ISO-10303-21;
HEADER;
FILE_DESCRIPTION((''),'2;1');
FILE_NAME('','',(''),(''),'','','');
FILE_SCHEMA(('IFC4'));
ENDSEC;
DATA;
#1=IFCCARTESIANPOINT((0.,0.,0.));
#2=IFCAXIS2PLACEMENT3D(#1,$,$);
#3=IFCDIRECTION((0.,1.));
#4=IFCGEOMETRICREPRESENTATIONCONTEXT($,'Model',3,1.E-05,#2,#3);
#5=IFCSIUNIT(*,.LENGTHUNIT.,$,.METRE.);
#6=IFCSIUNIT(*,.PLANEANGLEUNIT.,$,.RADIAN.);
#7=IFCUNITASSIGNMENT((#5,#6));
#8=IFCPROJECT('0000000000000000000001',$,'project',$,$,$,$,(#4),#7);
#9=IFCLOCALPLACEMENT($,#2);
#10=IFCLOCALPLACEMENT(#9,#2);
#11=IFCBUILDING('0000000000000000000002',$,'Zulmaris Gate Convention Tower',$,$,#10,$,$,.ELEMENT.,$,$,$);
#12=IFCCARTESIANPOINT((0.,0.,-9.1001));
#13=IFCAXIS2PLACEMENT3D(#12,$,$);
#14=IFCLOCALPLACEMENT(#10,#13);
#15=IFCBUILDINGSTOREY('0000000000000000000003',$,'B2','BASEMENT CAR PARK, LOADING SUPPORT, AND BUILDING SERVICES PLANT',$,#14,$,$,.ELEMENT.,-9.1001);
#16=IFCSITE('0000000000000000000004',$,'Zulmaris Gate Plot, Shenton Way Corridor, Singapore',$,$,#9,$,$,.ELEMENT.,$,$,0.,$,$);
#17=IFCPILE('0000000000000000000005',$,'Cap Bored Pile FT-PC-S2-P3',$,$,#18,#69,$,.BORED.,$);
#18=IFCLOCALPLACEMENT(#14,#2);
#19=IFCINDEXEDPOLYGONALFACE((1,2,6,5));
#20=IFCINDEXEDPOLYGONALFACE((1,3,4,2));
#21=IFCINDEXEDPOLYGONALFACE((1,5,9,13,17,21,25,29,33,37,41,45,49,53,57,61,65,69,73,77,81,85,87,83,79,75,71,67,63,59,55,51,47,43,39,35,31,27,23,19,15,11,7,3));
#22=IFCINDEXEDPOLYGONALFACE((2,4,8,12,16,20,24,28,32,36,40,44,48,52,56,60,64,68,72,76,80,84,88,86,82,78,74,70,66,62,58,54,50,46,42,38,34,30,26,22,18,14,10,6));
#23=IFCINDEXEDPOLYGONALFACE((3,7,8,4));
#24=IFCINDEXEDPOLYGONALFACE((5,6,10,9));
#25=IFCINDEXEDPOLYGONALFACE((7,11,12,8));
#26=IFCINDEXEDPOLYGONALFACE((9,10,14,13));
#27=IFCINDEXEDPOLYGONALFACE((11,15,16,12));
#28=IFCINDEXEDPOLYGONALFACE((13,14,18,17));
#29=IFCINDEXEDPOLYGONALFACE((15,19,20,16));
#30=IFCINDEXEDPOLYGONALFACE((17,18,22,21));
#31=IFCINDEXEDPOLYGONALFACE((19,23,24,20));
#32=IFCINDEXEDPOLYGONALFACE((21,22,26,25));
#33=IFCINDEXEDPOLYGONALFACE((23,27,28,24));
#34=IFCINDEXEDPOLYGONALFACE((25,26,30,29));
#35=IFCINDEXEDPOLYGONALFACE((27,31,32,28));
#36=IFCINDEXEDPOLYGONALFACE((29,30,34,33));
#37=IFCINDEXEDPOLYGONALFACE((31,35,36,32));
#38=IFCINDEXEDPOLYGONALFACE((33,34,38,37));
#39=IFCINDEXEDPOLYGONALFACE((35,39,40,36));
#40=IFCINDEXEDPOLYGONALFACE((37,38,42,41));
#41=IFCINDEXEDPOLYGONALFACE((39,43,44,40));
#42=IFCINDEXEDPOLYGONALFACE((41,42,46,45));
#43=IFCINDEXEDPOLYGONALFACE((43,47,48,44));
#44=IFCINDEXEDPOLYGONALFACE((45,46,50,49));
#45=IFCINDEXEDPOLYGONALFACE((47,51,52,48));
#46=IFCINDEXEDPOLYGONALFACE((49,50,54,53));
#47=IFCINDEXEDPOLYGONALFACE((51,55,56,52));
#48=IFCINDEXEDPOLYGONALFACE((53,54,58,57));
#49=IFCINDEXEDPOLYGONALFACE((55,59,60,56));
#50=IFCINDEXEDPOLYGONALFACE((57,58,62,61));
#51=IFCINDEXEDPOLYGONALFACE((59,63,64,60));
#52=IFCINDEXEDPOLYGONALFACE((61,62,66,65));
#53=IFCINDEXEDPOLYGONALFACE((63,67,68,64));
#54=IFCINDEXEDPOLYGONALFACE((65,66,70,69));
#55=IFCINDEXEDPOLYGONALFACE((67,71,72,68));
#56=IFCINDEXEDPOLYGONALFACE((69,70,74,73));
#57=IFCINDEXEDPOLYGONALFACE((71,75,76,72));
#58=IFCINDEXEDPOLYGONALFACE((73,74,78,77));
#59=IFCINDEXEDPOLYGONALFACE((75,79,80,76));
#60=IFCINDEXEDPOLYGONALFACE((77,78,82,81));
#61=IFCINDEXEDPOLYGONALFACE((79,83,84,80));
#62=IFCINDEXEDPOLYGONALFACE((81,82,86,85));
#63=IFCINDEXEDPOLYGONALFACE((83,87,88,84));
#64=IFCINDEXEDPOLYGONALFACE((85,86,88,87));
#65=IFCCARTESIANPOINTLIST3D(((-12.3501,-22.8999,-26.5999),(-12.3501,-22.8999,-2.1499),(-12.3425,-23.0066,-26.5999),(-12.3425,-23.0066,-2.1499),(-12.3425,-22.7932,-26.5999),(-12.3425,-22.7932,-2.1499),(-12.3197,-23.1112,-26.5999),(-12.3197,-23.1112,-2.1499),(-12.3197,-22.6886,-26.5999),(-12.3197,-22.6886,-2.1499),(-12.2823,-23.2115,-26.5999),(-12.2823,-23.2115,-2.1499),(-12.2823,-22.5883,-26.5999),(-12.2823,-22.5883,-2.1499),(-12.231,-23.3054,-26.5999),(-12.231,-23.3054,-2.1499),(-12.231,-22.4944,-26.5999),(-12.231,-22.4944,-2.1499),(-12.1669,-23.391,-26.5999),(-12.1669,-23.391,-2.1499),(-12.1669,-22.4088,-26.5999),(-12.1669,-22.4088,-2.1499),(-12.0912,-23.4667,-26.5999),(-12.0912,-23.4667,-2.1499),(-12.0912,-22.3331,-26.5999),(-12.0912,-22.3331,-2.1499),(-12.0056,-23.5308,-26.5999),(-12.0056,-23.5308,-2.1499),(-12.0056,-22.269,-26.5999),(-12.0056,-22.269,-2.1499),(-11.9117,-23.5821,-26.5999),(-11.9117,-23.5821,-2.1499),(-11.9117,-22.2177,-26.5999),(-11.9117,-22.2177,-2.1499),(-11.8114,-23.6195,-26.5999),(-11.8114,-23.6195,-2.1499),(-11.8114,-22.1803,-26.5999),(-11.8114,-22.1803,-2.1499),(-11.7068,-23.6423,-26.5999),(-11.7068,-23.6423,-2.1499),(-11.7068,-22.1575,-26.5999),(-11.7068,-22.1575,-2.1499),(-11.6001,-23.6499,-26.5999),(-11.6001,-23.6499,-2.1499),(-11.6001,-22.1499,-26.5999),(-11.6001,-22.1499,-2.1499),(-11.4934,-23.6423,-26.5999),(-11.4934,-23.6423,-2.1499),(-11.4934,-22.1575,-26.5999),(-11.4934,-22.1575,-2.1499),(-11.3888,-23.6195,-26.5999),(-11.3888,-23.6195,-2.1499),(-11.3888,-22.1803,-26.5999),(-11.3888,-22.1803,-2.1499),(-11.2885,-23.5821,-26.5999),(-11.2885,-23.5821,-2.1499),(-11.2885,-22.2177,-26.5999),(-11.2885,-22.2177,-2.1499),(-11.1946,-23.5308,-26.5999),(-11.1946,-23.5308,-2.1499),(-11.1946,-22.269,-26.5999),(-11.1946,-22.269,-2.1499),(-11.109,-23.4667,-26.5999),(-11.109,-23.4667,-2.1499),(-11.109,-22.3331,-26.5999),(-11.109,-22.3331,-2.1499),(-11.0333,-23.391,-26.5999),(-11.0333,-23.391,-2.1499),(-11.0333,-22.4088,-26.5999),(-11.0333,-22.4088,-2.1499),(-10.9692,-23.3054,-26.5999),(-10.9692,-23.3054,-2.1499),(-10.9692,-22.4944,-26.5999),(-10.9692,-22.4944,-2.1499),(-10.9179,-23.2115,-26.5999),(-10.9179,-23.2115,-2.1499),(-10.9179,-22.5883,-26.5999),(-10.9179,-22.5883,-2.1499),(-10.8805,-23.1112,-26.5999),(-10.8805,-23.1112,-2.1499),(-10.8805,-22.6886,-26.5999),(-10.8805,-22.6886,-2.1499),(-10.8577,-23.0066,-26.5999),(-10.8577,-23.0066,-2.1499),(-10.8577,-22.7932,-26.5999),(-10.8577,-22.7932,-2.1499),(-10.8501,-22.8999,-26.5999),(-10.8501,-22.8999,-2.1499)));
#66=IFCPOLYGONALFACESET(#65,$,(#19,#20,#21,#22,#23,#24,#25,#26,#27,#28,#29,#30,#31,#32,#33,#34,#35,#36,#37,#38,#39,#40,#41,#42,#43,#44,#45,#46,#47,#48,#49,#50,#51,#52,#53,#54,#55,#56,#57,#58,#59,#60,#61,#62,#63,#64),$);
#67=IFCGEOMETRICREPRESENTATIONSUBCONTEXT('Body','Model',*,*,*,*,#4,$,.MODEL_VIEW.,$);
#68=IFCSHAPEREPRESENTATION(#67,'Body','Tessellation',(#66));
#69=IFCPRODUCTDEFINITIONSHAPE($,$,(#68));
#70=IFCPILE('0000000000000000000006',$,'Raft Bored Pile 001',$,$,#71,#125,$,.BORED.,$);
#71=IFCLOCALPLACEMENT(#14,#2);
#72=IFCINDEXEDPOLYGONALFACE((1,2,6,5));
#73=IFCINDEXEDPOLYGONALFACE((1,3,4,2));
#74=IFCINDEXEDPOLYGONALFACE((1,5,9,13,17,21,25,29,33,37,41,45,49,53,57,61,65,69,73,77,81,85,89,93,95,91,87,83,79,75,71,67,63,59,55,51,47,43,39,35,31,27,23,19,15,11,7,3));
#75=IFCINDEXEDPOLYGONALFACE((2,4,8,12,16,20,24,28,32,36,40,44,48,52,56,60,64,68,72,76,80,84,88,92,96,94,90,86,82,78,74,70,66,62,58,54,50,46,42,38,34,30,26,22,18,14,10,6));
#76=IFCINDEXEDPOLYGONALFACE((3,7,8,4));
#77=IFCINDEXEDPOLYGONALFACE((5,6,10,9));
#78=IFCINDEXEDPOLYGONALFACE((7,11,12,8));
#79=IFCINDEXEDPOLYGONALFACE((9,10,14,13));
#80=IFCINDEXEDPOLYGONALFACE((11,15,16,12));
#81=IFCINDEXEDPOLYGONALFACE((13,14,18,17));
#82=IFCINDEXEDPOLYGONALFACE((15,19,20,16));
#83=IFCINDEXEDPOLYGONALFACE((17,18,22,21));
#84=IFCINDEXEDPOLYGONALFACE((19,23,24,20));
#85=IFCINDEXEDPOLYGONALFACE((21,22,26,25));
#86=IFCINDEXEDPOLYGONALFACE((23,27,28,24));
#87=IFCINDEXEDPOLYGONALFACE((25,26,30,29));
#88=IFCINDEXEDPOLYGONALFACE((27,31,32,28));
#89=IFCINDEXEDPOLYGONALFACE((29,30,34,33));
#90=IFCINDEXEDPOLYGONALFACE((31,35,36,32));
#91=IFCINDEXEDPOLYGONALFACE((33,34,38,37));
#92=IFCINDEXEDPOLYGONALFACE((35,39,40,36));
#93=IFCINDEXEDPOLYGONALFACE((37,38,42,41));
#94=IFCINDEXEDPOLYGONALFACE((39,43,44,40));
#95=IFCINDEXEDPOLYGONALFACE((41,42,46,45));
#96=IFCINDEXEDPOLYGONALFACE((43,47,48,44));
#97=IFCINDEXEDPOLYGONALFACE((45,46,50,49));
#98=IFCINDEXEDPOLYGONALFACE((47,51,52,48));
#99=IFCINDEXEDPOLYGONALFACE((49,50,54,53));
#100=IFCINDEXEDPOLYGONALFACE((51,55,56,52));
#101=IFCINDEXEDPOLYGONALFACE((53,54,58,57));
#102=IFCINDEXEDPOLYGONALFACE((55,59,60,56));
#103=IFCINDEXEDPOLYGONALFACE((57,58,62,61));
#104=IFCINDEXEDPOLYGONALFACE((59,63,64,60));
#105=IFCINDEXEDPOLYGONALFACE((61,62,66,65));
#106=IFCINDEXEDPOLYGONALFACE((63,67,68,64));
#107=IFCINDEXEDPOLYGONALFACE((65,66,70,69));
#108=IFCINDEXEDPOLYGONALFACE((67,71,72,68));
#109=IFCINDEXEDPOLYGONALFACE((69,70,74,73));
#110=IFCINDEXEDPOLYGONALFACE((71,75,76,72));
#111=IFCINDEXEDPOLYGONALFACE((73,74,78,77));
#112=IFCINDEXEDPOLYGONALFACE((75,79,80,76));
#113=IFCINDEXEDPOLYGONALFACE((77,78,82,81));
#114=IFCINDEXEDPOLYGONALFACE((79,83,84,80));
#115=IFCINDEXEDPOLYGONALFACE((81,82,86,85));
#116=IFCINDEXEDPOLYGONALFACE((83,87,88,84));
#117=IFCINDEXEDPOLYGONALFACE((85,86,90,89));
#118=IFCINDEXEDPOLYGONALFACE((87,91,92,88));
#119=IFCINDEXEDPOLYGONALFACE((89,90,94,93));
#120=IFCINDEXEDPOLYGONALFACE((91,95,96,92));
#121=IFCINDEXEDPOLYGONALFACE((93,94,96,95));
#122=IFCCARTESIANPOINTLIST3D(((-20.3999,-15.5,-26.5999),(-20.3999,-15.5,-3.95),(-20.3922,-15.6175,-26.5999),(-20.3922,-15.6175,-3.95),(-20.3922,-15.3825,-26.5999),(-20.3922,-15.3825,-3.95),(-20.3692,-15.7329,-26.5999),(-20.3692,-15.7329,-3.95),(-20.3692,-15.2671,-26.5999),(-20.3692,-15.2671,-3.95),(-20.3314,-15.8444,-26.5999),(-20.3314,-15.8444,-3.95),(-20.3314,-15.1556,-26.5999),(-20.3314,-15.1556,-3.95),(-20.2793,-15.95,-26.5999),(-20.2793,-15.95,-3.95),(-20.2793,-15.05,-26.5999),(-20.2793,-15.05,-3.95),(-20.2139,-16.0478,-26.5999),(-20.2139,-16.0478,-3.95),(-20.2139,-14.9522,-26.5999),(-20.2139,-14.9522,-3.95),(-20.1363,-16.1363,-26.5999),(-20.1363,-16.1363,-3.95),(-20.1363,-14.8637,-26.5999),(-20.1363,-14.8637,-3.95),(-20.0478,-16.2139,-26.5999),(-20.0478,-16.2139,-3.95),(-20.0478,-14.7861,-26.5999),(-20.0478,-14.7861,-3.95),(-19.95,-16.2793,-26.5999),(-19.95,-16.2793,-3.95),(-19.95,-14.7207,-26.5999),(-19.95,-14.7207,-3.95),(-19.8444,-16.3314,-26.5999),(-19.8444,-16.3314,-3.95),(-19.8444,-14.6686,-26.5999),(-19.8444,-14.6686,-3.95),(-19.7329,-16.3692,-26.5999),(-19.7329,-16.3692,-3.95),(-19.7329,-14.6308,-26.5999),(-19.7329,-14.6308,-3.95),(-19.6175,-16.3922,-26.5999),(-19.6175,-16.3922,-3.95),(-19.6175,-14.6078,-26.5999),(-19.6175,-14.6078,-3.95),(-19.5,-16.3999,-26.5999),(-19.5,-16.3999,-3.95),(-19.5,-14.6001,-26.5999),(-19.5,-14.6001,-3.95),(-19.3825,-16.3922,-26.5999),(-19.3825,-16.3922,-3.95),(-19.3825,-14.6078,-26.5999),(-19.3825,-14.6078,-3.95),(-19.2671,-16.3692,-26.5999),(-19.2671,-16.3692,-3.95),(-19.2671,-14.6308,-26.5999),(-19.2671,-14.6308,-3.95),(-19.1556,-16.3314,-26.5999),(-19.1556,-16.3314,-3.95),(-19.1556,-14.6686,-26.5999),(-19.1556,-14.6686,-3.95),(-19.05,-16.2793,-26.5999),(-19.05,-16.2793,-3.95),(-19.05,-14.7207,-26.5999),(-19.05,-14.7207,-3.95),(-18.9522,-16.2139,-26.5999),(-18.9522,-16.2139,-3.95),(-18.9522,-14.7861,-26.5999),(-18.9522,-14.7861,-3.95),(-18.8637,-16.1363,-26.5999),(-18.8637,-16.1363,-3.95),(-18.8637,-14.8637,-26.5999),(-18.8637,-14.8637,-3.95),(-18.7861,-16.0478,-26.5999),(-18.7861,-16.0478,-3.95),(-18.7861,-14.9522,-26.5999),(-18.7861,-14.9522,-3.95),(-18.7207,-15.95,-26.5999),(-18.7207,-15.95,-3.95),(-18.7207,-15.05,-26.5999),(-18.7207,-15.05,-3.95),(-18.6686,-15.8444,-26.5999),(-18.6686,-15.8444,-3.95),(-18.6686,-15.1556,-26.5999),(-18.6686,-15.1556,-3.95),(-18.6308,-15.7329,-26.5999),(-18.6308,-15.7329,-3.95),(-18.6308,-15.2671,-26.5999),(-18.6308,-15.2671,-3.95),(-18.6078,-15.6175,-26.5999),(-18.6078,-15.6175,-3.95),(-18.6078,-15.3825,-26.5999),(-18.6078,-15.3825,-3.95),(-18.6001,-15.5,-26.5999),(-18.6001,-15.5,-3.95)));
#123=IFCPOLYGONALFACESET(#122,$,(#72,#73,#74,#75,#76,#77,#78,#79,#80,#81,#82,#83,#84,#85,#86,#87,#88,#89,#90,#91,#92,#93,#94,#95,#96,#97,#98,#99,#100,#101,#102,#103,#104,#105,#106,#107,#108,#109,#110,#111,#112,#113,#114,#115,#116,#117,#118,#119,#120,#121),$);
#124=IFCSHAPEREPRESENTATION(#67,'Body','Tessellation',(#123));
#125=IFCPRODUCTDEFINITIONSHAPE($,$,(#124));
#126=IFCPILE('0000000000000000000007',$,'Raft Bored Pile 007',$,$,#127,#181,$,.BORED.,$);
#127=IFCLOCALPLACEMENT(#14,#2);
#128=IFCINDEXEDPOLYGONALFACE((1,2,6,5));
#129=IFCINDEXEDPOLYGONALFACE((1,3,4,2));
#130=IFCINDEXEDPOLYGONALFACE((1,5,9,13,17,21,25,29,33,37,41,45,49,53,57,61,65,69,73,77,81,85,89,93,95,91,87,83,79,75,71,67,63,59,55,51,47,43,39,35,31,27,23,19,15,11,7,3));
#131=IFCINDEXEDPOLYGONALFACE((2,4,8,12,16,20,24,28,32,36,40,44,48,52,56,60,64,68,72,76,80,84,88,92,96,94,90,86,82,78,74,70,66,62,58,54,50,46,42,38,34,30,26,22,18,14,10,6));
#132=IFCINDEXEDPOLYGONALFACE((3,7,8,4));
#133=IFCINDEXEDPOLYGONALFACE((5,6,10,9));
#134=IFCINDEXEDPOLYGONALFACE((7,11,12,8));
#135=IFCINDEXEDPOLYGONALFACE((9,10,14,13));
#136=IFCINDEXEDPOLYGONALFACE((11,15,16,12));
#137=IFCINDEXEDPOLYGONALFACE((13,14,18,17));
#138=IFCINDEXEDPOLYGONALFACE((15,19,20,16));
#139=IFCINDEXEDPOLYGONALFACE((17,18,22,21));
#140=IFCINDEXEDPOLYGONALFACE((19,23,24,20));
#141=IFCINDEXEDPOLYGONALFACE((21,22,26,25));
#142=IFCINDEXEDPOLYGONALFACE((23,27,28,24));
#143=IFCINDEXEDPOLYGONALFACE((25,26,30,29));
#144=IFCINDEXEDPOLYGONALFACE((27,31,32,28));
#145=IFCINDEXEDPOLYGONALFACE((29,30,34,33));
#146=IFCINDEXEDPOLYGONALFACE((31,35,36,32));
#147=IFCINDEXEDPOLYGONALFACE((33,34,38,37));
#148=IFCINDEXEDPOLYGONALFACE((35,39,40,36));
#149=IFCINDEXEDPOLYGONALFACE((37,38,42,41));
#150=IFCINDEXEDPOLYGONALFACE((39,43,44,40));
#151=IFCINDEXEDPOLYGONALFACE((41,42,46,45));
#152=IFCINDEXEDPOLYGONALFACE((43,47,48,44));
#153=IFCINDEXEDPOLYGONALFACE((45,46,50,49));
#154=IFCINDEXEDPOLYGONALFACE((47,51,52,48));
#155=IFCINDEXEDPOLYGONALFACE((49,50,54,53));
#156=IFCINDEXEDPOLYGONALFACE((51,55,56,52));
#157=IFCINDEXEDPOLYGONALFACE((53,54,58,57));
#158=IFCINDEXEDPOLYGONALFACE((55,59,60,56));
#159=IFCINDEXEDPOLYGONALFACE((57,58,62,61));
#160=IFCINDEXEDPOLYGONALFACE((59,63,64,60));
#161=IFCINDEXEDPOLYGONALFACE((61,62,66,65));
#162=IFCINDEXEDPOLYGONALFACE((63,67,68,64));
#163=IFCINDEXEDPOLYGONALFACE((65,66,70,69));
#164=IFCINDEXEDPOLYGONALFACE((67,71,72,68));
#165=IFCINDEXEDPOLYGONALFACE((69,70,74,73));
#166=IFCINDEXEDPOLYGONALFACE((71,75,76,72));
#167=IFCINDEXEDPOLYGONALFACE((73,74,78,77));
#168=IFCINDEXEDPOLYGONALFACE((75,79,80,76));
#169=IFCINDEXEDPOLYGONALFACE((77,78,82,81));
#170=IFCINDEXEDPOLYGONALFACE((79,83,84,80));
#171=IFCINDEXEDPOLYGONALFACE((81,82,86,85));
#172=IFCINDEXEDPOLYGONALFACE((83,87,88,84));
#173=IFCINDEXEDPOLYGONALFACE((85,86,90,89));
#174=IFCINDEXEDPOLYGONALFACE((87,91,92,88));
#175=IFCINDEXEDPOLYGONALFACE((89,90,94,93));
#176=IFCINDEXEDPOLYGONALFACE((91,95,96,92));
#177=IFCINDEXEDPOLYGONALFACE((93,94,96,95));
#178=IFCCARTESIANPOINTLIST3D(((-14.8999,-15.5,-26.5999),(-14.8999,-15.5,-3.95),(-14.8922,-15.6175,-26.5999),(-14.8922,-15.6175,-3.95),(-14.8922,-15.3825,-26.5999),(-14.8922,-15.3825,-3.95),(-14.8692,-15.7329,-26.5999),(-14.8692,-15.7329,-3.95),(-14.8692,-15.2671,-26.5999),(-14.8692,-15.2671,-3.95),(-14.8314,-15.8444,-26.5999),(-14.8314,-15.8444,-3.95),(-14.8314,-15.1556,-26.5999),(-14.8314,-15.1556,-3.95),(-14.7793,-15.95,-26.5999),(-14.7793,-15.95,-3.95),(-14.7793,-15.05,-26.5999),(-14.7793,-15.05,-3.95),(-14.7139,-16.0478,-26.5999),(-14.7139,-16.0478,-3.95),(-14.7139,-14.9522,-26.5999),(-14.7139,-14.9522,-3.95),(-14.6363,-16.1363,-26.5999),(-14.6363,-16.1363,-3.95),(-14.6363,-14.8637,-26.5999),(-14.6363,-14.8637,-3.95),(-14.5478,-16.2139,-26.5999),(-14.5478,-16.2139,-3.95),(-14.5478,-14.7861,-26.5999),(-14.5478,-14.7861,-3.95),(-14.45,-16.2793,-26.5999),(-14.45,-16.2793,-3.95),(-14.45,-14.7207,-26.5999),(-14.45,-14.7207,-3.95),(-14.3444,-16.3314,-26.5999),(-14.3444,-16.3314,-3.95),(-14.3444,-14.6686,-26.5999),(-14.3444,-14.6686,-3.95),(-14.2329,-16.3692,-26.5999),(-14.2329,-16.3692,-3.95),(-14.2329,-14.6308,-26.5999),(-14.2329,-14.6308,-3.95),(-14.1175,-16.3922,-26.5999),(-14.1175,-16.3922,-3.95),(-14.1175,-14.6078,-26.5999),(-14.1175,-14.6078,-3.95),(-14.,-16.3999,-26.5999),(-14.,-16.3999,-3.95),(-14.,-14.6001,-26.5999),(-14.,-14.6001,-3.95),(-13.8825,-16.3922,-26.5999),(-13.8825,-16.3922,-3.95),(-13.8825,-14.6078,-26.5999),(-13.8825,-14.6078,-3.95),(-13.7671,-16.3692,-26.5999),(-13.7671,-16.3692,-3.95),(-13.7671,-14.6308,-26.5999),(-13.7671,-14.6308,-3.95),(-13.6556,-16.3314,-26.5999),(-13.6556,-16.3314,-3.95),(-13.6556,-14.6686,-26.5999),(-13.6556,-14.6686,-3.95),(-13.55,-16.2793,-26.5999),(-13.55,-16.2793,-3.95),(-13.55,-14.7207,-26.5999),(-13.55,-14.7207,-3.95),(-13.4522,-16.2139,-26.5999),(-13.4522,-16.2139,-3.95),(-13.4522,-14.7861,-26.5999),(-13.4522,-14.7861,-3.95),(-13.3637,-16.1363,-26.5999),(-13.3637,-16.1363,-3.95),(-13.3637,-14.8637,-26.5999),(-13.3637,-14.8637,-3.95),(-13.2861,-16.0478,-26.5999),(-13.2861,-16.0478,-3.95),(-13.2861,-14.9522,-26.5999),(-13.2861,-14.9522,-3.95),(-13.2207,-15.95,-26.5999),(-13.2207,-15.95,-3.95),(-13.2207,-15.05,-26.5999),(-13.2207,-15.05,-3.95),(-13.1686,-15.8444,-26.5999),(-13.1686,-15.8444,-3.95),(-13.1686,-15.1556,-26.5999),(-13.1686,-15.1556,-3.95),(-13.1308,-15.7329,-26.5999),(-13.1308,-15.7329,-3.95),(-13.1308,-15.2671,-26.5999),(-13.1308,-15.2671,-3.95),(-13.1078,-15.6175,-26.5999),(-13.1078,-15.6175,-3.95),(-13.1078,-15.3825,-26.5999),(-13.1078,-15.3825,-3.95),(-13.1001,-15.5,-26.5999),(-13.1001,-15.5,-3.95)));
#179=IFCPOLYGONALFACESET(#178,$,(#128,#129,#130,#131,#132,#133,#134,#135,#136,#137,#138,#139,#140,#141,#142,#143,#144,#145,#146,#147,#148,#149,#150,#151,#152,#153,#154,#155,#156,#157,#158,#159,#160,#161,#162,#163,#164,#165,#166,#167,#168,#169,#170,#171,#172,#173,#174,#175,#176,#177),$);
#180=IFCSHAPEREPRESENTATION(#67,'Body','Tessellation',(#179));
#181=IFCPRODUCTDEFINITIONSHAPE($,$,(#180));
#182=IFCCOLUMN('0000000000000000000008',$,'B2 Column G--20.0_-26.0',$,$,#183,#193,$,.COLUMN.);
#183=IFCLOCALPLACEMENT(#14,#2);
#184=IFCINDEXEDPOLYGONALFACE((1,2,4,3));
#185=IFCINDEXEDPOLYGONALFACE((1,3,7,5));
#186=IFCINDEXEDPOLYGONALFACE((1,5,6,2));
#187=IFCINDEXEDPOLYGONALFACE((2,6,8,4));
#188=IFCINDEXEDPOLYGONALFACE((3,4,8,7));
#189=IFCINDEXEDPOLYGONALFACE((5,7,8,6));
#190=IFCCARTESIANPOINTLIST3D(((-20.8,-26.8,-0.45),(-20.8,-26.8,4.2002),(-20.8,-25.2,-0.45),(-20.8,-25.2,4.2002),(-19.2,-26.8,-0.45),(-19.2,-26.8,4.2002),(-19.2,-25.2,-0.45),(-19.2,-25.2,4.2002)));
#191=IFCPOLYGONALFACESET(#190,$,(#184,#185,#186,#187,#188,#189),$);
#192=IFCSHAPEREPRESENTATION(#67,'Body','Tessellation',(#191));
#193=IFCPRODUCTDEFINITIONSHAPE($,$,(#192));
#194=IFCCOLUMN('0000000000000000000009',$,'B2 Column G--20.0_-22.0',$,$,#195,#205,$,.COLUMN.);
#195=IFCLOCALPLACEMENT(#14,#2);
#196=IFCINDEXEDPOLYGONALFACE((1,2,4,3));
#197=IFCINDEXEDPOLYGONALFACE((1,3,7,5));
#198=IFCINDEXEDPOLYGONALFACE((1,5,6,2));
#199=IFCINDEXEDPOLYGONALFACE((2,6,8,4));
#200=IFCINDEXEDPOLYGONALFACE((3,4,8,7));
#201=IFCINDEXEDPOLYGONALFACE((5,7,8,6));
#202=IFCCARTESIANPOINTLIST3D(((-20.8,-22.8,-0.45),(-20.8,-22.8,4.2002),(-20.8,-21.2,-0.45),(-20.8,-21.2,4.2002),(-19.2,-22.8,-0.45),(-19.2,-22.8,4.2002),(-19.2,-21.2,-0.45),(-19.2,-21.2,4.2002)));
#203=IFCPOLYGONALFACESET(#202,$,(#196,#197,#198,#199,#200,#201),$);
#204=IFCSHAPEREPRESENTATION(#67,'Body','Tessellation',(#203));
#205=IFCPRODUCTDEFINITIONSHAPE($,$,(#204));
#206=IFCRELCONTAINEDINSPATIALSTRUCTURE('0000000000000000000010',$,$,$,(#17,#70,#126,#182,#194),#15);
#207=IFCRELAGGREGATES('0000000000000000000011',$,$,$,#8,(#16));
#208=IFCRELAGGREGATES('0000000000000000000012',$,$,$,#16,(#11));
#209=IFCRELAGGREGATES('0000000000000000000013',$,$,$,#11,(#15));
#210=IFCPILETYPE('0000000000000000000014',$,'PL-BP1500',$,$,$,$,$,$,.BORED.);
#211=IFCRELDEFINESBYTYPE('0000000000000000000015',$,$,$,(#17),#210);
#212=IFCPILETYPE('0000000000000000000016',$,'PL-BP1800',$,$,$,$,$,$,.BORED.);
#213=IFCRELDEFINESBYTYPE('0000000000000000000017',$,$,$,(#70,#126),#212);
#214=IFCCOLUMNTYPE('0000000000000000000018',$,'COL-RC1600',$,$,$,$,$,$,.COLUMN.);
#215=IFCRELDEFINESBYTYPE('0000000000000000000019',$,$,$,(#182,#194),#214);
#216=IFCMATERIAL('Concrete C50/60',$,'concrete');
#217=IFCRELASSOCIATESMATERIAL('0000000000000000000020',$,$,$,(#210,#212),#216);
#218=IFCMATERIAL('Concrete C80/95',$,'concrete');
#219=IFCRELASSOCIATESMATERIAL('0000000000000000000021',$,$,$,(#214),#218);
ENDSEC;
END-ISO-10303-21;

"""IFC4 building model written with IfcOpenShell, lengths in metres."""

from ifc_helpers import new_model, si_unit, direction, frame, origin, origin_2d, place, context, subcontext, project, spatial, rectangle, circle, extrude, material, material_profile, profile_set, type_object, element, save


model = new_model("IFC4")

# Units and contexts
model_context = context("Model", 3, precision=1e-05, world=origin(), true_north=direction((0.0, 1.0)))
body_context = subcontext(model_context, "Body", "Model", "MODEL_VIEW")
ifc_project = project(units=[si_unit("LENGTHUNIT", "METRE"), si_unit("PLANEANGLEUNIT", "RADIAN")], contexts=[model_context])

# Site, building, storey
site_placement = place(None, origin())
site = spatial("IfcSite", under=ifc_project, at=site_placement, Name="Zulmaris Gate Plot, Shenton Way Corridor, Singapore", CompositionType="ELEMENT", RefElevation=0.0)
building_placement = place(site_placement, origin())
building = spatial("IfcBuilding", under=site, at=building_placement, Name="Zulmaris Gate Convention Tower", CompositionType="ELEMENT")
storey_placement = place(building_placement, frame((0.0, 0.0, -9.1001)))
storey = spatial("IfcBuildingStorey", under=building, at=storey_placement, Name="B2", Description="BASEMENT CAR PARK, LOADING SUPPORT, AND BUILDING SERVICES PLANT", CompositionType="ELEMENT", Elevation=-9.1001)

# Shared definitions
ifc_material_1 = material(Name="Concrete C50/60", Category="concrete")

# Piles
ifc_material_profile_1 = material_profile(ifc_material_1, circle(Radius=0.75, at=origin_2d()), Name="BORED PILE 1500")
ifc_profile_set_1 = profile_set([ifc_material_profile_1], Name="Concrete C50/60")
pile_type_1 = type_object("IfcPileType", Name="PL-BP1500", PredefinedType="BORED", material=ifc_profile_set_1)
for number, where, z_axis, x_axis, name in (
    (1, (-11.6001, -22.8999, -2.1499), (0.0, 0.0, -1.0), (1.0, 0.0, 0.0), "Cap Bored Pile FT-PC-S2-P3"),
):
    element("IfcPile", number, at=place(storey_placement, frame(where, z_axis=z_axis, x_axis=x_axis)), inside=storey, type_object=pile_type_1, Name=name, PredefinedType="BORED", context=body_context, shape_type="SweptSolid", body=[
        extrude(circle(Radius=0.75, at=origin_2d()), origin(), (0.0, 0.0, 1.0), 24.45),
    ])
ifc_material_profile_2 = material_profile(ifc_material_1, circle(Radius=0.8999, at=origin_2d()), Name="BORED PILE 1800")
ifc_profile_set_2 = profile_set([ifc_material_profile_2], Name="Concrete C50/60")
pile_type_2 = type_object("IfcPileType", Name="PL-BP1800", PredefinedType="BORED", material=ifc_profile_set_2)
for number, where, z_axis, x_axis, name in (
    (2, (-19.5, -15.5, -3.95), (0.0, 0.0, -1.0), (1.0, 0.0, 0.0), "Raft Bored Pile 001"),
    (3, (-14.0, -15.5, -3.95), (0.0, 0.0, -1.0), (1.0, 0.0, 0.0), "Raft Bored Pile 007"),
):
    element("IfcPile", number, at=place(storey_placement, frame(where, z_axis=z_axis, x_axis=x_axis)), inside=storey, type_object=pile_type_2, Name=name, PredefinedType="BORED", context=body_context, shape_type="SweptSolid", body=[
        extrude(circle(Radius=0.8999, at=origin_2d()), origin(), (0.0, 0.0, 1.0), 22.6499),
    ])

# Columns
ifc_material_2 = material(Name="Concrete C80/95", Category="concrete")
ifc_material_profile_3 = material_profile(ifc_material_2, rectangle(XDim=1.6001, YDim=1.6001, at=origin_2d()), Name="RC COL 1600x1600")
ifc_profile_set_3 = profile_set([ifc_material_profile_3], Name="Concrete C80/95")
column_type = type_object("IfcColumnType", Name="COL-RC1600", PredefinedType="COLUMN", material=ifc_profile_set_3)
for number, where, z_axis, x_axis, name in (
    (4, (-20.0, -26.0, -0.45), (0.0, 0.0, 1.0), (1.0, 0.0, 0.0), "B2 Column G--20.0_-26.0"),
    (5, (-20.0, -22.0, -0.45), (0.0, 0.0, 1.0), (1.0, 0.0, 0.0), "B2 Column G--20.0_-22.0"),
):
    element("IfcColumn", number, at=place(storey_placement, frame(where, z_axis=z_axis, x_axis=x_axis)), inside=storey, type_object=column_type, Name=name, PredefinedType="COLUMN", context=body_context, shape_type="SweptSolid", body=[
        extrude(rectangle(XDim=1.6001, YDim=1.6001, at=origin_2d()), origin(), (0.0, 0.0, 1.0), 4.6501),
    ])

save(model, "model.ifc")
